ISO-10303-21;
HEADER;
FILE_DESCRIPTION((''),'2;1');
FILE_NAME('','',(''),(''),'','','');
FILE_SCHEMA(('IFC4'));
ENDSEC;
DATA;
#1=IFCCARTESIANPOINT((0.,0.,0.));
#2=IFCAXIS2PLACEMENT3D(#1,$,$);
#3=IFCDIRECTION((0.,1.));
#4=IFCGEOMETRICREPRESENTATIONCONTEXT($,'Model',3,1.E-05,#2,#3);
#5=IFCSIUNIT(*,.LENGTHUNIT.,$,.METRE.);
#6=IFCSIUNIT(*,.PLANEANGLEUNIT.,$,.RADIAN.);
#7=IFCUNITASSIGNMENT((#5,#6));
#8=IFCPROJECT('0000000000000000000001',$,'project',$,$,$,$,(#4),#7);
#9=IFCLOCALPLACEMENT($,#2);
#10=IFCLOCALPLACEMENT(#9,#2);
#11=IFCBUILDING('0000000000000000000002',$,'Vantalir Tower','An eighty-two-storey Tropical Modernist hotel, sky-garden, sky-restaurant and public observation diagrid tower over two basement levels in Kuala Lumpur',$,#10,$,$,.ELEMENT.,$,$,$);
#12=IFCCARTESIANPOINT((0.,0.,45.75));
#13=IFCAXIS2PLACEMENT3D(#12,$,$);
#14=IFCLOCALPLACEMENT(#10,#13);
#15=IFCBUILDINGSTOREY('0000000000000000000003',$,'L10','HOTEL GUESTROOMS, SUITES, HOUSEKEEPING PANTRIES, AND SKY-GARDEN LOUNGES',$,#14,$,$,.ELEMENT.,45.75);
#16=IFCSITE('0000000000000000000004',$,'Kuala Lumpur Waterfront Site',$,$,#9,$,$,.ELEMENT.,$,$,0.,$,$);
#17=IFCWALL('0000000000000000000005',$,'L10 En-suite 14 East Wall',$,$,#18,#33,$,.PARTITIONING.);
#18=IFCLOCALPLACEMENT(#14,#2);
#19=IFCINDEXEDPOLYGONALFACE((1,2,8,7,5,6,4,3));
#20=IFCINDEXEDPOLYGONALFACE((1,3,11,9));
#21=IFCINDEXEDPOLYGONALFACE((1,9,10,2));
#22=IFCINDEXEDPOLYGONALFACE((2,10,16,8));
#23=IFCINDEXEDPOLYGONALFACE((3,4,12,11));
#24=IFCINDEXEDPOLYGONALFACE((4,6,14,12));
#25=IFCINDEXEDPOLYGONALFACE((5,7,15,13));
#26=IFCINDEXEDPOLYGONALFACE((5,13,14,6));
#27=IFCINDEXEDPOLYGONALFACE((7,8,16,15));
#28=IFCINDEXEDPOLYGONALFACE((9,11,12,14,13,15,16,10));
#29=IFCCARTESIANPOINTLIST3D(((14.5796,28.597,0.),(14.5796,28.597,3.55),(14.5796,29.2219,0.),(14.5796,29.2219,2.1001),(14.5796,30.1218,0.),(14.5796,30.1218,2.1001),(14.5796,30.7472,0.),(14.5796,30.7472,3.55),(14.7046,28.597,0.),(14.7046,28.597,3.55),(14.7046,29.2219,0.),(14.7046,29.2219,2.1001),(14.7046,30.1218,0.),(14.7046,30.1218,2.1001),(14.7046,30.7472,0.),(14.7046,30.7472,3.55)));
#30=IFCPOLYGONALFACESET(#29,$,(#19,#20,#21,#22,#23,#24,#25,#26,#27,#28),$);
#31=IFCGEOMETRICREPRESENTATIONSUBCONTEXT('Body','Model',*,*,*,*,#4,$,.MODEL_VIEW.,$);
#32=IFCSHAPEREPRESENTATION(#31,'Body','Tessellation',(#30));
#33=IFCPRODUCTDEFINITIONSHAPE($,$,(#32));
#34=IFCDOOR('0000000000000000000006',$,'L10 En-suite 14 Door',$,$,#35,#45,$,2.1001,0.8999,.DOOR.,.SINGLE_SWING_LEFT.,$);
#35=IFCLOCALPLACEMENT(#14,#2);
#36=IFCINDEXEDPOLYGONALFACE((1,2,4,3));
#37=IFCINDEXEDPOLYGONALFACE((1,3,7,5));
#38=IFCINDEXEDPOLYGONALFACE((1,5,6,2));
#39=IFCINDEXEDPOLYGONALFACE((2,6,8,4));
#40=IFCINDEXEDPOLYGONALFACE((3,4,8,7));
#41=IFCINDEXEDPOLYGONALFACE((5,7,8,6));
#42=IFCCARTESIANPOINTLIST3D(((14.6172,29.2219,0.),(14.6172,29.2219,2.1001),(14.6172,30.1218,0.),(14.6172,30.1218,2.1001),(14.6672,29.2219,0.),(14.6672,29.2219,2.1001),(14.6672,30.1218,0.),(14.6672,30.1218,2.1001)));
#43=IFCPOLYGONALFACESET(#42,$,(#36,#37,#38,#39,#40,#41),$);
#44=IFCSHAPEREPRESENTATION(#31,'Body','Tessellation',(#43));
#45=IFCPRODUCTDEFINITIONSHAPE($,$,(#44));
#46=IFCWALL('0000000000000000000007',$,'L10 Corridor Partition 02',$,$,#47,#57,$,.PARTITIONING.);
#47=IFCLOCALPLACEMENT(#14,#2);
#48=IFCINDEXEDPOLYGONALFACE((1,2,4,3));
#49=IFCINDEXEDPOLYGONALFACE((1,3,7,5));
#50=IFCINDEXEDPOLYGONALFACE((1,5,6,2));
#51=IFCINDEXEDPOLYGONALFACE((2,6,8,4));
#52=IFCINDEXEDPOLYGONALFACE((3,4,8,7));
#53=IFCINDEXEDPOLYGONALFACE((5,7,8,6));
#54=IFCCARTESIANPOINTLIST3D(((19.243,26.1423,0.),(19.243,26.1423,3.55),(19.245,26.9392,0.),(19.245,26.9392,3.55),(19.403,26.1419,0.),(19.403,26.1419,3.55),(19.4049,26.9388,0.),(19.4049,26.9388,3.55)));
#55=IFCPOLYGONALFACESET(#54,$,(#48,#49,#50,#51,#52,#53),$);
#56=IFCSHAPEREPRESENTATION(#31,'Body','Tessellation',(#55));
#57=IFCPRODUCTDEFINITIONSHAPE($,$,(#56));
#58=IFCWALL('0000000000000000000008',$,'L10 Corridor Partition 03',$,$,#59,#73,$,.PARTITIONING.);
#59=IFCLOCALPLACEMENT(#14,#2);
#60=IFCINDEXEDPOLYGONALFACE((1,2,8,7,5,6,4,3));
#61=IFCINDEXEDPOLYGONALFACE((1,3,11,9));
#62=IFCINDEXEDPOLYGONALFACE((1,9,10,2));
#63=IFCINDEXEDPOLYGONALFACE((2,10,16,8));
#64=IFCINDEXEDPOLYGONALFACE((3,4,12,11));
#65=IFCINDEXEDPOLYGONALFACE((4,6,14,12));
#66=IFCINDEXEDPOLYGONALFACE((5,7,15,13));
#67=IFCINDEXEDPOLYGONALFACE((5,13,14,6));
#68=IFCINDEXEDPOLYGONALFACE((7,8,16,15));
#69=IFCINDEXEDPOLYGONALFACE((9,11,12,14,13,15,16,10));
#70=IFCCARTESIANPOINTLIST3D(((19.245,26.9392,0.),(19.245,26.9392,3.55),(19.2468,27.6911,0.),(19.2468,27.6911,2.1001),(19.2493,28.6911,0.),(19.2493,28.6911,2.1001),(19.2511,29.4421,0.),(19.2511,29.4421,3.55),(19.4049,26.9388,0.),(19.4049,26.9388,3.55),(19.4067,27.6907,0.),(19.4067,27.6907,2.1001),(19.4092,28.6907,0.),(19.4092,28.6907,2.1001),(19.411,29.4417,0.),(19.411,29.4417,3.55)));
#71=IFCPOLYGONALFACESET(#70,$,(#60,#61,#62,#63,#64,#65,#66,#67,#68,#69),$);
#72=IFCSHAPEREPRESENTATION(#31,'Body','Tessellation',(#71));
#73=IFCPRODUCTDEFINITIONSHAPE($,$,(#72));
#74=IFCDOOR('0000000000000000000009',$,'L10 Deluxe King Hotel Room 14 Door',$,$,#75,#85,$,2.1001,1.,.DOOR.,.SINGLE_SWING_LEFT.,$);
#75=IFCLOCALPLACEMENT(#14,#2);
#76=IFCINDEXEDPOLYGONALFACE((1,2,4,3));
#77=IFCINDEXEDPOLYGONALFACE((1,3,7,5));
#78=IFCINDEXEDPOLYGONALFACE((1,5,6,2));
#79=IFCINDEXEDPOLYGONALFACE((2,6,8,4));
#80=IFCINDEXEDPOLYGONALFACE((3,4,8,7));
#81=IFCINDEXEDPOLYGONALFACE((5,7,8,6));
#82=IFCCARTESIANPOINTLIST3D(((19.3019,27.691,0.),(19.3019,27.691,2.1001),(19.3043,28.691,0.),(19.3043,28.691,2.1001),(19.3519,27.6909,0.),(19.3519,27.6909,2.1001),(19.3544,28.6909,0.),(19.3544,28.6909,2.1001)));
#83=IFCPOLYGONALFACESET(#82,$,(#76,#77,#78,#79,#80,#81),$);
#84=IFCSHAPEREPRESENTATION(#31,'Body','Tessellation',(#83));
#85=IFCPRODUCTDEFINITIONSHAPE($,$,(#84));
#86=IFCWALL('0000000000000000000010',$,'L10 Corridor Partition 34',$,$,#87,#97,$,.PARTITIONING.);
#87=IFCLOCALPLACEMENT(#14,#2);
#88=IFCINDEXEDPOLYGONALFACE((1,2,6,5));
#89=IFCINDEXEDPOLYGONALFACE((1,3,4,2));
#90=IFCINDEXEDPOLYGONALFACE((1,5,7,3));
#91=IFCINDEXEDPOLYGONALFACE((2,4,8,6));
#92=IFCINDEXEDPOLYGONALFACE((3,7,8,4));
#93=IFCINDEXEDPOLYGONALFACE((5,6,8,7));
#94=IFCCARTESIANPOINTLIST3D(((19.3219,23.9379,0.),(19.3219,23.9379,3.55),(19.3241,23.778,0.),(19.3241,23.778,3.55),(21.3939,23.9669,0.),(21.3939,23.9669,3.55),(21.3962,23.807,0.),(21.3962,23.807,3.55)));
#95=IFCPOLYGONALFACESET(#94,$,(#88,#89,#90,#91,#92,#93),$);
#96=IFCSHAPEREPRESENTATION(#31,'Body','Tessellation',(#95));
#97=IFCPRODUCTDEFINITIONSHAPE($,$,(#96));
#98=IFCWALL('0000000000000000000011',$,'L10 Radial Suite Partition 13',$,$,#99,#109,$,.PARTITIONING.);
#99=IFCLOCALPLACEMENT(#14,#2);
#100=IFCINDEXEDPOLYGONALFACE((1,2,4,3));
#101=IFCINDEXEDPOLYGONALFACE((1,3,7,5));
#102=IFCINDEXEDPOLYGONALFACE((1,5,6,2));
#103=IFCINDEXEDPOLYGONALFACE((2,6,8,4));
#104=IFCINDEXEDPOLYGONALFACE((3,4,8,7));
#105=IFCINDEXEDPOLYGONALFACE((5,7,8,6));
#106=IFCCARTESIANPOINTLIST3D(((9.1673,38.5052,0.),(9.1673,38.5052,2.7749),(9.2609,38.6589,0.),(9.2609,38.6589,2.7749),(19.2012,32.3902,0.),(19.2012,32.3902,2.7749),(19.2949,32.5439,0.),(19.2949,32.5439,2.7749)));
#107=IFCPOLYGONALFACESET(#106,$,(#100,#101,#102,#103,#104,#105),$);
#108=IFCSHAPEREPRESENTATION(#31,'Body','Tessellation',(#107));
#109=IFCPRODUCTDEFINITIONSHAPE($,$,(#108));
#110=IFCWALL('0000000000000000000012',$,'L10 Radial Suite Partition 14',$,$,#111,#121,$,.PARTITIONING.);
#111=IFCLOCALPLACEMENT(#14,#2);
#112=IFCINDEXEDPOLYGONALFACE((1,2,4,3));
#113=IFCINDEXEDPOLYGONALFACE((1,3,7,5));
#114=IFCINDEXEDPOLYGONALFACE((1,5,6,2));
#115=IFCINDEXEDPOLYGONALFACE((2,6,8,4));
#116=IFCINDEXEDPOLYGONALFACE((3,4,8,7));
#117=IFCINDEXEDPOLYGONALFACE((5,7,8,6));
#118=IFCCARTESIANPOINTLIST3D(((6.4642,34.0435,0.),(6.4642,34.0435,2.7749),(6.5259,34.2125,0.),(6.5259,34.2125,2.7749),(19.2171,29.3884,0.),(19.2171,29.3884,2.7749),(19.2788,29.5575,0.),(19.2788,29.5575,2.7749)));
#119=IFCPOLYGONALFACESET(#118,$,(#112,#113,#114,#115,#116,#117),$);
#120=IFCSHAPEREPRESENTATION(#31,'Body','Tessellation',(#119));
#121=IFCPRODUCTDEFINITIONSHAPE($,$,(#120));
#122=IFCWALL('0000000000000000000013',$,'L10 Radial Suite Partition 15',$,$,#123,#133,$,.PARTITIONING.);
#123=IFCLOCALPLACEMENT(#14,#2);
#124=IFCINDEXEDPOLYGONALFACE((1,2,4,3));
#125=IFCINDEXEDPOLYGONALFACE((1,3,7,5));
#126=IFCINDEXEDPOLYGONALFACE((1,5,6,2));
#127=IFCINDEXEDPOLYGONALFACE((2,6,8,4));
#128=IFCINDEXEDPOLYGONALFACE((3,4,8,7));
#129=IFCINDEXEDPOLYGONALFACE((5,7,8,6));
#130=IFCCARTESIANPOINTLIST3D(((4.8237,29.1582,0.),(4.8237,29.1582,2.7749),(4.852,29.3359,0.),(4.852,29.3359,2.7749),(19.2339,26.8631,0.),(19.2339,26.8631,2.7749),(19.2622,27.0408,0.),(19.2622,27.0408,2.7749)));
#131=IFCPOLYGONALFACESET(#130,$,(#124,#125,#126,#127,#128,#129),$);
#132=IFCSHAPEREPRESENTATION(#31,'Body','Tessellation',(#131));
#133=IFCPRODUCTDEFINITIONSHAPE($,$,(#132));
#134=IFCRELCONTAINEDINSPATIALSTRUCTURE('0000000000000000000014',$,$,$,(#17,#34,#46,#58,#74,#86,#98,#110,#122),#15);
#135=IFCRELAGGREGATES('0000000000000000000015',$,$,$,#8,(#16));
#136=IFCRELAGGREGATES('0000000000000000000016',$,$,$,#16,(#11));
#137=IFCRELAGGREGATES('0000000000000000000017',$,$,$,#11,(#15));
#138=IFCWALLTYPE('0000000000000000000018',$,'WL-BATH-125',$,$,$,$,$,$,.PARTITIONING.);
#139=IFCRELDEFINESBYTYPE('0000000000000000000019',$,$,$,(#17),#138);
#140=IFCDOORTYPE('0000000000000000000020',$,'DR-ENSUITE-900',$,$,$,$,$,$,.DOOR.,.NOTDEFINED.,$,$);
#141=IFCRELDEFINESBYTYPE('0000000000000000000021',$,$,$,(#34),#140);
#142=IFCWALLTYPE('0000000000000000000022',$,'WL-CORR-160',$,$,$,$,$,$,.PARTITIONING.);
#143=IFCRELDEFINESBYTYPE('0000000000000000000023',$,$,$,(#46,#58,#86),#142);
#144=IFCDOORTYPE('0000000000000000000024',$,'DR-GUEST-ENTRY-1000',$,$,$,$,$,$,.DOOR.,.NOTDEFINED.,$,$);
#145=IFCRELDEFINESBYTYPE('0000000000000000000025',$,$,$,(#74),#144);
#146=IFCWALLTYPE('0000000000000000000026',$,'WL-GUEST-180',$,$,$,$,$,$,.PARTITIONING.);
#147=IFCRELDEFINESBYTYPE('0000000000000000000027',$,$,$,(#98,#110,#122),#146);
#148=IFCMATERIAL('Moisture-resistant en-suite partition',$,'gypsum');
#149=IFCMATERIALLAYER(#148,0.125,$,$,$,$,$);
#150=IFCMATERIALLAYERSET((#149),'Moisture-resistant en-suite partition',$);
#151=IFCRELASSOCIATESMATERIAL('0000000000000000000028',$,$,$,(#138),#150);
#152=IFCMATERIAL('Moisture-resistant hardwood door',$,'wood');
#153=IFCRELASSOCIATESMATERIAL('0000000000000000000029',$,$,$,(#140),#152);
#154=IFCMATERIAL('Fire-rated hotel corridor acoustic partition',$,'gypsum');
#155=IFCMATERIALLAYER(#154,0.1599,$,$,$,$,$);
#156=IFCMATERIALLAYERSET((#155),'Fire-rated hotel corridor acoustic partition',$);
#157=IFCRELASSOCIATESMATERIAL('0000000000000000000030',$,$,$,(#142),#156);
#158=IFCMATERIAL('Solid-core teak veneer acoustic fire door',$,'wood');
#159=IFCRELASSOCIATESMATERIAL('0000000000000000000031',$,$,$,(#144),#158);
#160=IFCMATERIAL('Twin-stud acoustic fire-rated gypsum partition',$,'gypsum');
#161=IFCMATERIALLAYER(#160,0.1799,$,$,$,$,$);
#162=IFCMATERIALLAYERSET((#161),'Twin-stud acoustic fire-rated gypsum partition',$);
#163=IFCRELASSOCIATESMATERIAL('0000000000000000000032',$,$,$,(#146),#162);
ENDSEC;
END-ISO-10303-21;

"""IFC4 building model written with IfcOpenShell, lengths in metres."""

from ifc_helpers import new_model, si_unit, direction, frame, frame_2d, origin, place, context, subcontext, project, spatial, rectangle, extrude, material, layer, layer_set, type_object, element, fill, save


model = new_model("IFC4")

# Units and contexts
model_context = context("Model", 3, precision=1e-05, world=origin(), true_north=direction((0.0, 1.0)))
body_context = subcontext(model_context, "Body", "Model", "MODEL_VIEW")
ifc_project = project(units=[si_unit("LENGTHUNIT", "METRE"), si_unit("PLANEANGLEUNIT", "RADIAN")], contexts=[model_context])

# Site, building, storey
site_placement = place(None, origin())
site = spatial("IfcSite", under=ifc_project, at=site_placement, Name="Kuala Lumpur Waterfront Site", CompositionType="ELEMENT", RefElevation=0.0)
building_placement = place(site_placement, origin())
building = spatial("IfcBuilding", under=site, at=building_placement, Name="Vantalir Tower", Description="An eighty-two-storey Tropical Modernist hotel, sky-garden, sky-restaurant and public observation diagrid tower over two basement levels in Kuala Lumpur", CompositionType="ELEMENT")
storey_placement = place(building_placement, frame((0.0, 0.0, 45.75)))
storey = spatial("IfcBuildingStorey", under=building, at=storey_placement, Name="L10", Description="HOTEL GUESTROOMS, SUITES, HOUSEKEEPING PANTRIES, AND SKY-GARDEN LOUNGES", CompositionType="ELEMENT", Elevation=45.75)

# Shared definitions
ifc_material_1 = material(Name="Moisture-resistant en-suite partition", Category="gypsum")
ifc_layer_1 = layer(ifc_material_1, 0.125)
ifc_layer_set_1 = layer_set([ifc_layer_1], Name="Moisture-resistant en-suite partition")
wall_type_1 = type_object("IfcWallType", Name="WL-BATH-125", PredefinedType="PARTITIONING", material=ifc_layer_set_1)

# Wall, opening, door
wall_1_placement = place(storey_placement, frame((14.6421, 28.5969, 0.0), z_axis=(0.0, 0.0, 1.0), x_axis=(0.0, 1.0, 0.0)))
wall_1 = element("IfcWall", 1, at=wall_1_placement, inside=storey, type_object=wall_type_1, Name="L10 En-suite 14 East Wall", PredefinedType="PARTITIONING", context=body_context, shape_type="SweptSolid", body=[
    extrude(rectangle(XDim=2.1501, YDim=0.125, at=frame_2d((1.0752, 0.0))), origin(), (0.0, 0.0, 1.0), 3.55),
])
opening_1_placement = place(wall_1_placement, frame((0.625, 0.0, 0.0)))
opening_1 = element("IfcOpeningElement", 2, at=opening_1_placement, cuts=wall_1, PredefinedType="OPENING", context=body_context, shape_type="SweptSolid", body=[
    extrude(rectangle(XDim=0.8999, YDim=2.1001, at=frame_2d((0.45, 1.05))), frame((0.0, 0.0725, 0.0), z_axis=(0.0, -1.0, 0.0), x_axis=(1.0, 0.0, 0.0)), (0.0, 0.0, 1.0), 0.145),
])
ifc_material_2 = material(Name="Moisture-resistant hardwood door", Category="wood")
door_type_1 = type_object("IfcDoorType", Name="DR-ENSUITE-900", OperationType="NOTDEFINED", PredefinedType="DOOR", material=ifc_material_2)
door_1_placement = place(opening_1_placement, origin())
door_1 = element("IfcDoor", 3, at=door_1_placement, inside=storey, type_object=door_type_1, Name="L10 En-suite 14 Door", OperationType="SINGLE_SWING_LEFT", OverallHeight=2.1001, OverallWidth=0.8999, PredefinedType="DOOR", context=body_context, shape_type="SweptSolid", body=[
    extrude(rectangle(XDim=0.8999, YDim=2.1001, at=frame_2d((0.45, 1.05))), frame((0.0, 0.0249, 0.0), z_axis=(0.0, -1.0, 0.0), x_axis=(1.0, 0.0, 0.0)), (0.0, 0.0, 1.0), 0.05),
])
fill(opening_1, door_1)

# Wall
ifc_material_3 = material(Name="Fire-rated hotel corridor acoustic partition", Category="gypsum")
ifc_layer_2 = layer(ifc_material_3, 0.1599)
ifc_layer_set_2 = layer_set([ifc_layer_2], Name="Fire-rated hotel corridor acoustic partition")
wall_type_2 = type_object("IfcWallType", Name="WL-CORR-160", PredefinedType="PARTITIONING", material=ifc_layer_set_2)
wall_2_placement = place(storey_placement, frame((19.323, 26.1421, 0.0), z_axis=(0.0, 0.0, 1.0), x_axis=(0.002451, 0.999997, 0.0)))
element("IfcWall", 4, at=wall_2_placement, inside=storey, type_object=wall_type_2, Name="L10 Corridor Partition 02", PredefinedType="PARTITIONING", context=body_context, shape_type="SweptSolid", body=[
    extrude(rectangle(XDim=0.7969, YDim=0.1599, at=frame_2d((0.3984, 0.0))), origin(), (0.0, 0.0, 1.0), 3.55),
])

# Wall, opening, door
wall_3_placement = place(storey_placement, frame((19.325, 26.939, 0.0), z_axis=(0.0, 0.0, 1.0), x_axis=(0.002439, 0.999997, 0.0)))
wall_3 = element("IfcWall", 5, at=wall_3_placement, inside=storey, type_object=wall_type_2, Name="L10 Corridor Partition 03", PredefinedType="PARTITIONING", context=body_context, shape_type="SweptSolid", body=[
    extrude(rectangle(XDim=2.5029, YDim=0.1599, at=frame_2d((1.2515, 0.0))), origin(), (0.0, 0.0, 1.0), 3.55),
])
opening_2_placement = place(wall_3_placement, frame((0.752, 0.0, 0.0)))
opening_2 = element("IfcOpeningElement", 6, at=opening_2_placement, cuts=wall_3, PredefinedType="OPENING", context=body_context, shape_type="SweptSolid", body=[
    extrude(rectangle(XDim=1.0, YDim=2.1001, at=frame_2d((0.5, 1.05))), frame((0.0, 0.0898, 0.0), z_axis=(0.0, -1.0, 0.0), x_axis=(1.0, 0.0, 0.0)), (0.0, 0.0, 1.0), 0.1799),
])
ifc_material_4 = material(Name="Solid-core teak veneer acoustic fire door", Category="wood")
door_type_2 = type_object("IfcDoorType", Name="DR-GUEST-ENTRY-1000", OperationType="NOTDEFINED", PredefinedType="DOOR", material=ifc_material_4)
door_2_placement = place(opening_2_placement, origin())
door_2 = element("IfcDoor", 7, at=door_2_placement, inside=storey, type_object=door_type_2, Name="L10 Deluxe King Hotel Room 14 Door", OperationType="SINGLE_SWING_LEFT", OverallHeight=2.1001, OverallWidth=1.0, PredefinedType="DOOR", context=body_context, shape_type="SweptSolid", body=[
    extrude(rectangle(XDim=1.0, YDim=2.1001, at=frame_2d((0.5, 1.05))), frame((0.0, 0.0249, 0.0), z_axis=(0.0, -1.0, 0.0), x_axis=(1.0, 0.0, 0.0)), (0.0, 0.0, 1.0), 0.05),
])
fill(opening_2, door_2)

# Walls
wall_4_placement = place(storey_placement, frame((19.323, 23.8579, 0.0), z_axis=(0.0, 0.0, 1.0), x_axis=(0.999902, 0.01402, 0.0)))
element("IfcWall", 8, at=wall_4_placement, inside=storey, type_object=wall_type_2, Name="L10 Corridor Partition 34", PredefinedType="PARTITIONING", context=body_context, shape_type="SweptSolid", body=[
    extrude(rectangle(XDim=2.0723, YDim=0.1599, at=frame_2d((1.0361, 0.0))), origin(), (0.0, 0.0, 1.0), 3.55),
])
ifc_material_5 = material(Name="Twin-stud acoustic fire-rated gypsum partition", Category="gypsum")
ifc_layer_3 = layer(ifc_material_5, 0.1799)
ifc_layer_set_3 = layer_set([ifc_layer_3], Name="Twin-stud acoustic fire-rated gypsum partition")
wall_type_3 = type_object("IfcWallType", Name="WL-GUEST-180", PredefinedType="PARTITIONING", material=ifc_layer_set_3)
wall_5_placement = place(storey_placement, frame((19.248, 32.467, 0.0), z_axis=(0.0, 0.0, 1.0), x_axis=(-0.85392, 0.520405, 0.0)))
element("IfcWall", 9, at=wall_5_placement, inside=storey, type_object=wall_type_3, Name="L10 Radial Suite Partition 13", PredefinedType="PARTITIONING", context=body_context, shape_type="SweptSolid", body=[
    extrude(rectangle(XDim=11.7505, YDim=0.1799, at=frame_2d((5.8752, 0.0))), origin(), (0.0, 0.0, 1.0), 2.7749),
])
wall_6_placement = place(storey_placement, frame((19.248, 29.4729, 0.0), z_axis=(0.0, 0.0, 1.0), x_axis=(-0.939376, 0.342888, 0.0)))
element("IfcWall", 10, at=wall_6_placement, inside=storey, type_object=wall_type_3, Name="L10 Radial Suite Partition 14", PredefinedType="PARTITIONING", context=body_context, shape_type="SweptSolid", body=[
    extrude(rectangle(XDim=13.5759, YDim=0.1799, at=frame_2d((6.7881, 0.0))), origin(), (0.0, 0.0, 1.0), 2.7749),
])
wall_7_placement = place(storey_placement, frame((19.248, 26.9519, 0.0), z_axis=(0.0, 0.0, 1.0), x_axis=(-0.987552, 0.157292, 0.0)))
element("IfcWall", 11, at=wall_7_placement, inside=storey, type_object=wall_type_3, Name="L10 Radial Suite Partition 15", PredefinedType="PARTITIONING", context=body_context, shape_type="SweptSolid", body=[
    extrude(rectangle(XDim=14.5918, YDim=0.1799, at=frame_2d((7.2959, 0.0))), origin(), (0.0, 0.0, 1.0), 2.7749),
])

save(model, "model.ifc")
